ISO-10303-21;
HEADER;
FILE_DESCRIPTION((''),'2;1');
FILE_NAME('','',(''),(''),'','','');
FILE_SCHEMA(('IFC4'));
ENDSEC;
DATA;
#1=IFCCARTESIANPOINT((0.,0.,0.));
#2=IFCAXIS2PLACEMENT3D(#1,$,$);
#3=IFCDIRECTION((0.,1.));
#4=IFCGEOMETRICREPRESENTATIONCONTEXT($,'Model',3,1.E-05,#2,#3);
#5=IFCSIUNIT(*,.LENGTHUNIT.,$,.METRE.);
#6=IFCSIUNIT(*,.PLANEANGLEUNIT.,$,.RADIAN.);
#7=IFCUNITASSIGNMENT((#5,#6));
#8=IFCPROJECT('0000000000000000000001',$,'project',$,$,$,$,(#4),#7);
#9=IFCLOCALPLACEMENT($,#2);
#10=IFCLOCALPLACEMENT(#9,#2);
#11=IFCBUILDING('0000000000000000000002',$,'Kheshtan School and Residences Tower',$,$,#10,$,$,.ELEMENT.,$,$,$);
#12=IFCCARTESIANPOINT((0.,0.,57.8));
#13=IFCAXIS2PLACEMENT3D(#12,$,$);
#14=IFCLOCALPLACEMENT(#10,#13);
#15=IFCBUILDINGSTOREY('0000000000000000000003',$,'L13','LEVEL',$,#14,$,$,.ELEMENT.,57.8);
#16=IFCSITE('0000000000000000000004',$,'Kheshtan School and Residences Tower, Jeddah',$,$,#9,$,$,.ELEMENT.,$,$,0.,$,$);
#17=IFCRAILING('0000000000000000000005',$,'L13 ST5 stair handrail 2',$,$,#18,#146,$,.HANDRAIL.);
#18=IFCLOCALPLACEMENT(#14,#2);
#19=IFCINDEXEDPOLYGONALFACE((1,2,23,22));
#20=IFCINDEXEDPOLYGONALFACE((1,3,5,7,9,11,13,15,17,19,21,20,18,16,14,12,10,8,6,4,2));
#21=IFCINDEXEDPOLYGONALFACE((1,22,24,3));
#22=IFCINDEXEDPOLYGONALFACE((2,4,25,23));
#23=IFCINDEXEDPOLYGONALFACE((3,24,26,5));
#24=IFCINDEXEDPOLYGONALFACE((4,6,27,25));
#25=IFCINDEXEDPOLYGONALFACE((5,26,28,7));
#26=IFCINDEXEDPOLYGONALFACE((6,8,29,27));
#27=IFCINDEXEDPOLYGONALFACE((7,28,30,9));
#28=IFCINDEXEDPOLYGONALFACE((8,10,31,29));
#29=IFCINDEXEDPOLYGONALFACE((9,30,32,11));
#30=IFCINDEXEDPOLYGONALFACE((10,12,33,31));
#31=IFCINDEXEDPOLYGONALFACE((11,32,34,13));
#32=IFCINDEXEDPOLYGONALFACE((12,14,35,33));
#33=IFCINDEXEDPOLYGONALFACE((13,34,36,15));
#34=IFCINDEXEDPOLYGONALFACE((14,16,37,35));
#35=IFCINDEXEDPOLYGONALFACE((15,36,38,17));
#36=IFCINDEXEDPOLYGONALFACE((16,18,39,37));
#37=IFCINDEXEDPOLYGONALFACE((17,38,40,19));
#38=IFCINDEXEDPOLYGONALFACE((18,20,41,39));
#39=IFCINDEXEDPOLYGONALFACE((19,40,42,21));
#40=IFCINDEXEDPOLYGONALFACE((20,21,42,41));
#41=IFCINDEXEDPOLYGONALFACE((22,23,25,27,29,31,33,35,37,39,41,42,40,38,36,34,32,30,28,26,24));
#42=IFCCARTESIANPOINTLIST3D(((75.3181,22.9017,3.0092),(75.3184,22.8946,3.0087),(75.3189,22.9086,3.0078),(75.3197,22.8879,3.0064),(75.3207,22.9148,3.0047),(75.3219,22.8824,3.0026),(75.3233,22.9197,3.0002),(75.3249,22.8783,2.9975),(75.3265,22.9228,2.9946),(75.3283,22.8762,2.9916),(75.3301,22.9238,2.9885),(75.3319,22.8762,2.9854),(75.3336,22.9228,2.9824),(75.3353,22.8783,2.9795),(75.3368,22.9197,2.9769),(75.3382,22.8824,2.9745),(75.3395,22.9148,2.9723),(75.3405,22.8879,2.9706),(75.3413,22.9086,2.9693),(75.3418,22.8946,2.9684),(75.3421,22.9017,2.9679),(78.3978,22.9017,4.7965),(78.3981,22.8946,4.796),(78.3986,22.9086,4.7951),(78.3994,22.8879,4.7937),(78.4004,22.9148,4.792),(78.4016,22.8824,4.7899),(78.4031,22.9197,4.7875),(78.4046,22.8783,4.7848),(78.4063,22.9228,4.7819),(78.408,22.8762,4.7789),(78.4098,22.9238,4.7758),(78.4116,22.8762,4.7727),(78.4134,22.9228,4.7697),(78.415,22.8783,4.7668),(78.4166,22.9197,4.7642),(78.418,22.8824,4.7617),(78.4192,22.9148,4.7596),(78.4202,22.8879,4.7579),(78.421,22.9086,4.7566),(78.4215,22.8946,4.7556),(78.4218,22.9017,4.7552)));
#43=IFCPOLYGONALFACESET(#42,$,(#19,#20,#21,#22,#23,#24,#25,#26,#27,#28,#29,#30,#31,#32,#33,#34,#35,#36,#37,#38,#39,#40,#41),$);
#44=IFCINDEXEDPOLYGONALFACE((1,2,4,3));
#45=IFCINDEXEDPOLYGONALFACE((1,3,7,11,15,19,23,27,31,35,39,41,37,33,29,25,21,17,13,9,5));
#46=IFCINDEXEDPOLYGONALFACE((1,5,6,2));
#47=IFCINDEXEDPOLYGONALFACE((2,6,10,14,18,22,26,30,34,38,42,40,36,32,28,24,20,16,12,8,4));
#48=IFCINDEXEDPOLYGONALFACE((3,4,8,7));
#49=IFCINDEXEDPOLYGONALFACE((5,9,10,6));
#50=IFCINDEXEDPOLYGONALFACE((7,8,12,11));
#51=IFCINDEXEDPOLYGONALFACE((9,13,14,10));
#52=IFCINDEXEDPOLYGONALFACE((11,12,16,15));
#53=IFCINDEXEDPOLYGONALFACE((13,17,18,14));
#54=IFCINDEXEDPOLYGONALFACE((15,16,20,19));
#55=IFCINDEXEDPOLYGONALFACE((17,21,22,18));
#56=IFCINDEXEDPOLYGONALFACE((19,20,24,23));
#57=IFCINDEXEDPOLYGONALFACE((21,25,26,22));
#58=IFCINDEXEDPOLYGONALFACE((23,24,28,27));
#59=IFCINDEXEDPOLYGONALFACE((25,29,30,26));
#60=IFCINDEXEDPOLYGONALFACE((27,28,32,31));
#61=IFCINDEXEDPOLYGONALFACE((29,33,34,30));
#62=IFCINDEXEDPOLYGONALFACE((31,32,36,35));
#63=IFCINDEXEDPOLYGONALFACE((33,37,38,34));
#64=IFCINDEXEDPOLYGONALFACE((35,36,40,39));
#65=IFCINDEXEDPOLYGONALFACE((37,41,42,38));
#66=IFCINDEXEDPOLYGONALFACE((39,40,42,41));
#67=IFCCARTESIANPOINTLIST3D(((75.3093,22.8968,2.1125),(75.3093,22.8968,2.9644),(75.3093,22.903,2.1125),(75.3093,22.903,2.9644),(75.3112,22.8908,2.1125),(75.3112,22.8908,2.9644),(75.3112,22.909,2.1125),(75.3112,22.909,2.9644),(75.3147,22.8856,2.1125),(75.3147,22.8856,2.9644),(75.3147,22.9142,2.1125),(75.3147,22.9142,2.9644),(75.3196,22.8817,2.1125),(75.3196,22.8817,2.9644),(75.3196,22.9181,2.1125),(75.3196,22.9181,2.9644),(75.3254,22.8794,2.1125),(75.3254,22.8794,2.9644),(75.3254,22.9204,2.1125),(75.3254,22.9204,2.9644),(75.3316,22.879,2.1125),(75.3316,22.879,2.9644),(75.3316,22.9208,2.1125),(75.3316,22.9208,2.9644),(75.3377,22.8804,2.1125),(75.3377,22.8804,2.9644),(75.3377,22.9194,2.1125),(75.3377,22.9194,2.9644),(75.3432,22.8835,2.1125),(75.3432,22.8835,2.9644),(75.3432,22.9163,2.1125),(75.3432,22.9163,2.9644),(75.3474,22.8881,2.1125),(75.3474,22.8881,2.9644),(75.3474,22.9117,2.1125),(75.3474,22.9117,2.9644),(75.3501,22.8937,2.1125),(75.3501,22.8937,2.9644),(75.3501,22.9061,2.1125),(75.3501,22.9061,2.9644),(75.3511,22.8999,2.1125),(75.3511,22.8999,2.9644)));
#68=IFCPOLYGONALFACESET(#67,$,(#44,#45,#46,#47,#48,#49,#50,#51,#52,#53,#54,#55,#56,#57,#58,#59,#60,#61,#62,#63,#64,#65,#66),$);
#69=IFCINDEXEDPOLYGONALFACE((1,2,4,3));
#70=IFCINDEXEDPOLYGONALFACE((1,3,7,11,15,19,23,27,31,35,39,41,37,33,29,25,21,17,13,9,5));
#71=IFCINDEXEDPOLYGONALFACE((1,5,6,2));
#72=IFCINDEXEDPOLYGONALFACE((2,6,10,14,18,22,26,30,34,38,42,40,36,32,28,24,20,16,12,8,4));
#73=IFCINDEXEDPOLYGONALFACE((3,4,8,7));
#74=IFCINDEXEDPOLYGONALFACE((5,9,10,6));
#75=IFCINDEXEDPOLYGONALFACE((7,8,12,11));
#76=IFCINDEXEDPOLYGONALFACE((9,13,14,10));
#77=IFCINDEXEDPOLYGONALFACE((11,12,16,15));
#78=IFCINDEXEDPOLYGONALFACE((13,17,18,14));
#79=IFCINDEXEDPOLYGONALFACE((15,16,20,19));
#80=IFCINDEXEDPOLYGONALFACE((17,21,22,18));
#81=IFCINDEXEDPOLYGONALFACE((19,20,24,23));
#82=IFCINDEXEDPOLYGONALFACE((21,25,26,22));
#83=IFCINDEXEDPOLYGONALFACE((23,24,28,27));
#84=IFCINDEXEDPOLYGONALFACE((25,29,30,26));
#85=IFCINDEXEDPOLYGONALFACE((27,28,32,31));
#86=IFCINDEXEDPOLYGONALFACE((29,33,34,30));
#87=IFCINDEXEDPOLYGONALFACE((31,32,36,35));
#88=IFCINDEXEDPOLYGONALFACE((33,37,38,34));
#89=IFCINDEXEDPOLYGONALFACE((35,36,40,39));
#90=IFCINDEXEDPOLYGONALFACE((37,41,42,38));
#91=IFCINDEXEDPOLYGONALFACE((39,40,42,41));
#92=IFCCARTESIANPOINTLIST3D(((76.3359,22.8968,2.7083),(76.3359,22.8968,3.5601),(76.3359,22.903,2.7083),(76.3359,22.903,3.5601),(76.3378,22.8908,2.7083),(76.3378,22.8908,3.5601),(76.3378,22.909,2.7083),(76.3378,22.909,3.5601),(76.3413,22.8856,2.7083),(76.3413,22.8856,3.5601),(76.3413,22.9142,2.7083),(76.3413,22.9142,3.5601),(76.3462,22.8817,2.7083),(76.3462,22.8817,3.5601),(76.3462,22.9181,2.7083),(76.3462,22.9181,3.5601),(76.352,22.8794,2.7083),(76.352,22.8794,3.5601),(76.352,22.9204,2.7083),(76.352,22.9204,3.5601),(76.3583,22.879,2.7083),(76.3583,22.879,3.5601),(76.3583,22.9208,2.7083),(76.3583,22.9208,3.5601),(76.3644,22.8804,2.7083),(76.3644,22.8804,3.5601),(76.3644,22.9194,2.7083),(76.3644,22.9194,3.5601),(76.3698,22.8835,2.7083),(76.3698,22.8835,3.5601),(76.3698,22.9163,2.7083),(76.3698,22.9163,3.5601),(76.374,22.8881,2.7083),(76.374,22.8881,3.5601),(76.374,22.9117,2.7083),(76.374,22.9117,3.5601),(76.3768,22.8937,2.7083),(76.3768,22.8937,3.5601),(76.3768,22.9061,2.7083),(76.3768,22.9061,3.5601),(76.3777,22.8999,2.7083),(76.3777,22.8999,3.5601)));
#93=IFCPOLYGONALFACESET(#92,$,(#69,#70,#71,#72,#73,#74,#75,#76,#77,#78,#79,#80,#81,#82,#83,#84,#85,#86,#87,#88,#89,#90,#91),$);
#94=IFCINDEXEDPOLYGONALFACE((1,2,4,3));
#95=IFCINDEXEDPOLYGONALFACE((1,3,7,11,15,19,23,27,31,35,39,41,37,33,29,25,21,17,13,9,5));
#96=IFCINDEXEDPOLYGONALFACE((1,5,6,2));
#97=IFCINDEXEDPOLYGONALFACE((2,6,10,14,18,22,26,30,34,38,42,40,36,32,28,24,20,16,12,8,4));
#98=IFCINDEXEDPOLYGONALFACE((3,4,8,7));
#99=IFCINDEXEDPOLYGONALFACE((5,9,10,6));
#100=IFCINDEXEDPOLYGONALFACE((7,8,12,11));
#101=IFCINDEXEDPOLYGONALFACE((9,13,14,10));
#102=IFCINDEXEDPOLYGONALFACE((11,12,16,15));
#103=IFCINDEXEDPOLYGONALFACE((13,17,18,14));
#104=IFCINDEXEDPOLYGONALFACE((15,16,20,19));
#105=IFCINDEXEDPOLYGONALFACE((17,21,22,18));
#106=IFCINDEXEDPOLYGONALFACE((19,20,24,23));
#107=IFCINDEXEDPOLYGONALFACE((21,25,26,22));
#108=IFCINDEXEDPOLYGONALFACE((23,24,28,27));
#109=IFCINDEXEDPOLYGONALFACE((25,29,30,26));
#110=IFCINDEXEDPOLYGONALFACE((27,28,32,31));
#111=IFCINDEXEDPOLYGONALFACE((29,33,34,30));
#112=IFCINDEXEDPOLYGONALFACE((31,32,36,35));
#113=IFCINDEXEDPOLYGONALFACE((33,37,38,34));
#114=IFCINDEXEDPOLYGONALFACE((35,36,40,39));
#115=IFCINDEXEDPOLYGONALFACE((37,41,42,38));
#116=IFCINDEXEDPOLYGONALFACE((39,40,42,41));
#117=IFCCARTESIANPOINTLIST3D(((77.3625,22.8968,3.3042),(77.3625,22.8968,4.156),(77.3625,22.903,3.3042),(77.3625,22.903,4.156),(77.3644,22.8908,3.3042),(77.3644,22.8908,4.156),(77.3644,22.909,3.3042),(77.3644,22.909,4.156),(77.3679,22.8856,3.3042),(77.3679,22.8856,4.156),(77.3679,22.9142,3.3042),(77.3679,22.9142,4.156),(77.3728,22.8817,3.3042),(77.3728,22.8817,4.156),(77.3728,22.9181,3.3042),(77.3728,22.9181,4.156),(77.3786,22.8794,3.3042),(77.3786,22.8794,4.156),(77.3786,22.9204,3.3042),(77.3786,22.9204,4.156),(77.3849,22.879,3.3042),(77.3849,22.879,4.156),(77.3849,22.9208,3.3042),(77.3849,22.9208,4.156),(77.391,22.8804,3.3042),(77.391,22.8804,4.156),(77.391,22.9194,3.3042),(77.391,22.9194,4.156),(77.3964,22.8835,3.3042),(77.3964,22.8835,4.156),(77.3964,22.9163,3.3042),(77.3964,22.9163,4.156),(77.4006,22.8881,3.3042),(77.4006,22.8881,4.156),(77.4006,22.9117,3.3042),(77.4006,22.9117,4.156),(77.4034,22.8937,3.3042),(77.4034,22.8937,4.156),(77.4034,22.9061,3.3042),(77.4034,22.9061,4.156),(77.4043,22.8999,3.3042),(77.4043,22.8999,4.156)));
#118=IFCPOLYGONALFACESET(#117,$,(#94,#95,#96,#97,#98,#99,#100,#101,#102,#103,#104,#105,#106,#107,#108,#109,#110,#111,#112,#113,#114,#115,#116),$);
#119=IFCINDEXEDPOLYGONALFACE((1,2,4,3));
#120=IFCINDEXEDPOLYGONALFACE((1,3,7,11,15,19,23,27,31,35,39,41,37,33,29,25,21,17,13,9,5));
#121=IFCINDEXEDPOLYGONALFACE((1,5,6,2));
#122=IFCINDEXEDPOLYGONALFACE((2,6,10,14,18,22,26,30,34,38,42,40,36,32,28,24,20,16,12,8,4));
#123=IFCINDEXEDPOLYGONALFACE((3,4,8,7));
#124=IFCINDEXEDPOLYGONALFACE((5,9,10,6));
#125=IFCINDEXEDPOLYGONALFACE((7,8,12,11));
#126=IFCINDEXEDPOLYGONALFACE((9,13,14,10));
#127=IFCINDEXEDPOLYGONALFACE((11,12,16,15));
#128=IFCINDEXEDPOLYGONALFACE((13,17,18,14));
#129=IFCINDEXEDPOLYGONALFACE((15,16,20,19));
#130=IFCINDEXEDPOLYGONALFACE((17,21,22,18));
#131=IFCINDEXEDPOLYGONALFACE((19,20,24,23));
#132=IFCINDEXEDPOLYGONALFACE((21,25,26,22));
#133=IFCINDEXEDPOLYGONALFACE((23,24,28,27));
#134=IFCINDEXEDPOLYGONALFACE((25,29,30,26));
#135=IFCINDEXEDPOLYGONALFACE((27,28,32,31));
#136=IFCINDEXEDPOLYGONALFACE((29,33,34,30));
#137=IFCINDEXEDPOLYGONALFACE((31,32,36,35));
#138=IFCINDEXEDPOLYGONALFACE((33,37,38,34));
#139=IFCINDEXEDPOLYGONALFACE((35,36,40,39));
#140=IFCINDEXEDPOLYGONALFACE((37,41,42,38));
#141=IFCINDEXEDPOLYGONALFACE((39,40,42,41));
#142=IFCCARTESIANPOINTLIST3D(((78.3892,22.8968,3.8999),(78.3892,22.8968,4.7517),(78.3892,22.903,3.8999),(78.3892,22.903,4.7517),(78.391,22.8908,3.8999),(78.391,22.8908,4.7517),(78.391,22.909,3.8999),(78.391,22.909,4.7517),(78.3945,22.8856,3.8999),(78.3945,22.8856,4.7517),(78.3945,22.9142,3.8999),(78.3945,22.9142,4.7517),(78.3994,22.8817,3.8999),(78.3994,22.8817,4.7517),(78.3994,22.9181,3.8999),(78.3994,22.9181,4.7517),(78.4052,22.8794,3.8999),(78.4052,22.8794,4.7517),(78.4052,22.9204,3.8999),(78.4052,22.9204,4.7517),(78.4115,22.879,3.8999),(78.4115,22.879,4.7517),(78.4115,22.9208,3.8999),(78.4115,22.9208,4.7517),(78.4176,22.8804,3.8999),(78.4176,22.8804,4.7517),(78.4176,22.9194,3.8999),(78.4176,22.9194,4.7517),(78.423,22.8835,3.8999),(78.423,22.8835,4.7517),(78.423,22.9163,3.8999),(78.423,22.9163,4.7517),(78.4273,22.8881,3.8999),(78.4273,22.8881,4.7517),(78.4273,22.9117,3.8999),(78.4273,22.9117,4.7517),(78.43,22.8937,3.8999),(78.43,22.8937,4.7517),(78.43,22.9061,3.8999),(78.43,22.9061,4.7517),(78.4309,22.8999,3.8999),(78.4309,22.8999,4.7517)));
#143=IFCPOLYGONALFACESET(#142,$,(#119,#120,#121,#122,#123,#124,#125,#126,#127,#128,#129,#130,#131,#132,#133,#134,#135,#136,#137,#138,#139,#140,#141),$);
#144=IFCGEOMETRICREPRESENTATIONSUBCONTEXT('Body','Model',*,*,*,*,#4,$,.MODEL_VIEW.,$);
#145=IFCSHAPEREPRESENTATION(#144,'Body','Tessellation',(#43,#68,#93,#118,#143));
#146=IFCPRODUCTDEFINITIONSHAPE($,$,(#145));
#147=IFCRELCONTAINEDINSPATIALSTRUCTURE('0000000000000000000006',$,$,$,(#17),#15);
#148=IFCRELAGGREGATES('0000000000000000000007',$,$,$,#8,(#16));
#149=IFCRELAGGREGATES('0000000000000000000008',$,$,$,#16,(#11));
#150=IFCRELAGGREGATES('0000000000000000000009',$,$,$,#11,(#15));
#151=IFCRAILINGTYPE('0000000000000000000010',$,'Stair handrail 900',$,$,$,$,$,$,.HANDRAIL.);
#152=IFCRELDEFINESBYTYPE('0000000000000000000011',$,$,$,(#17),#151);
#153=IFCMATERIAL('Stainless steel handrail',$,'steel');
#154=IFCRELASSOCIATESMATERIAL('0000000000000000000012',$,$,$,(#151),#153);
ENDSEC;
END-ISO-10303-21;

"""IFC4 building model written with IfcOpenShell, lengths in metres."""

from ifc_helpers import new_model, si_unit, direction, frame, origin, origin_2d, place, context, subcontext, project, spatial, circle, extrude, material, type_object, element, save


model = new_model("IFC4")

# Units and contexts
model_context = context("Model", 3, precision=1e-05, world=origin(), true_north=direction((0.0, 1.0)))
body_context = subcontext(model_context, "Body", "Model", "MODEL_VIEW")
ifc_project = project(units=[si_unit("LENGTHUNIT", "METRE"), si_unit("PLANEANGLEUNIT", "RADIAN")], contexts=[model_context])

# Site, building, storey
site_placement = place(None, origin())
site = spatial("IfcSite", under=ifc_project, at=site_placement, Name="Kheshtan School and Residences Tower, Jeddah", CompositionType="ELEMENT", RefElevation=0.0)
building_placement = place(site_placement, origin())
building = spatial("IfcBuilding", under=site, at=building_placement, Name="Kheshtan School and Residences Tower", CompositionType="ELEMENT")
storey_placement = place(building_placement, frame((0.0, 0.0, 57.8)))
storey = spatial("IfcBuildingStorey", under=building, at=storey_placement, Name="L13", Description="LEVEL", CompositionType="ELEMENT", Elevation=57.8)

# Railing
ifc_material_1 = material(Name="Stainless steel handrail", Category="steel")
railing_type_1 = type_object("IfcRailingType", Name="Stair handrail 900", PredefinedType="HANDRAIL", material=ifc_material_1)
railing_1_placement = place(storey_placement, frame((75.3301, 22.8999, 2.1125)))
element("IfcRailing", 1, at=railing_1_placement, inside=storey, type_object=railing_type_1, Name="L13 ST5 stair handrail 2", PredefinedType="HANDRAIL", context=body_context, shape_type="SweptSolid", body=[
    extrude(circle(Radius=0.0239, at=origin_2d()), frame((0.0, 0.0, 0.876), z_axis=(0.864903, 0.0, 0.501939), x_axis=(0.0, 1.0, 0.0)), (0.0, 0.0, 1.0), 3.5608),
    extrude(circle(Radius=0.021, at=origin_2d()), origin(), (0.0, 0.0, 1.0), 0.8518),
    extrude(circle(Radius=0.021, at=origin_2d()), frame((1.0266, 0.0, 0.5957)), (0.0, 0.0, 1.0), 0.8518),
    extrude(circle(Radius=0.021, at=origin_2d()), frame((2.0532, 0.0, 1.1917)), (0.0, 0.0, 1.0), 0.8518),
    extrude(circle(Radius=0.021, at=origin_2d()), frame((3.0798, 0.0, 1.7874)), (0.0, 0.0, 1.0), 0.8518),
])

save(model, "model.ifc")
